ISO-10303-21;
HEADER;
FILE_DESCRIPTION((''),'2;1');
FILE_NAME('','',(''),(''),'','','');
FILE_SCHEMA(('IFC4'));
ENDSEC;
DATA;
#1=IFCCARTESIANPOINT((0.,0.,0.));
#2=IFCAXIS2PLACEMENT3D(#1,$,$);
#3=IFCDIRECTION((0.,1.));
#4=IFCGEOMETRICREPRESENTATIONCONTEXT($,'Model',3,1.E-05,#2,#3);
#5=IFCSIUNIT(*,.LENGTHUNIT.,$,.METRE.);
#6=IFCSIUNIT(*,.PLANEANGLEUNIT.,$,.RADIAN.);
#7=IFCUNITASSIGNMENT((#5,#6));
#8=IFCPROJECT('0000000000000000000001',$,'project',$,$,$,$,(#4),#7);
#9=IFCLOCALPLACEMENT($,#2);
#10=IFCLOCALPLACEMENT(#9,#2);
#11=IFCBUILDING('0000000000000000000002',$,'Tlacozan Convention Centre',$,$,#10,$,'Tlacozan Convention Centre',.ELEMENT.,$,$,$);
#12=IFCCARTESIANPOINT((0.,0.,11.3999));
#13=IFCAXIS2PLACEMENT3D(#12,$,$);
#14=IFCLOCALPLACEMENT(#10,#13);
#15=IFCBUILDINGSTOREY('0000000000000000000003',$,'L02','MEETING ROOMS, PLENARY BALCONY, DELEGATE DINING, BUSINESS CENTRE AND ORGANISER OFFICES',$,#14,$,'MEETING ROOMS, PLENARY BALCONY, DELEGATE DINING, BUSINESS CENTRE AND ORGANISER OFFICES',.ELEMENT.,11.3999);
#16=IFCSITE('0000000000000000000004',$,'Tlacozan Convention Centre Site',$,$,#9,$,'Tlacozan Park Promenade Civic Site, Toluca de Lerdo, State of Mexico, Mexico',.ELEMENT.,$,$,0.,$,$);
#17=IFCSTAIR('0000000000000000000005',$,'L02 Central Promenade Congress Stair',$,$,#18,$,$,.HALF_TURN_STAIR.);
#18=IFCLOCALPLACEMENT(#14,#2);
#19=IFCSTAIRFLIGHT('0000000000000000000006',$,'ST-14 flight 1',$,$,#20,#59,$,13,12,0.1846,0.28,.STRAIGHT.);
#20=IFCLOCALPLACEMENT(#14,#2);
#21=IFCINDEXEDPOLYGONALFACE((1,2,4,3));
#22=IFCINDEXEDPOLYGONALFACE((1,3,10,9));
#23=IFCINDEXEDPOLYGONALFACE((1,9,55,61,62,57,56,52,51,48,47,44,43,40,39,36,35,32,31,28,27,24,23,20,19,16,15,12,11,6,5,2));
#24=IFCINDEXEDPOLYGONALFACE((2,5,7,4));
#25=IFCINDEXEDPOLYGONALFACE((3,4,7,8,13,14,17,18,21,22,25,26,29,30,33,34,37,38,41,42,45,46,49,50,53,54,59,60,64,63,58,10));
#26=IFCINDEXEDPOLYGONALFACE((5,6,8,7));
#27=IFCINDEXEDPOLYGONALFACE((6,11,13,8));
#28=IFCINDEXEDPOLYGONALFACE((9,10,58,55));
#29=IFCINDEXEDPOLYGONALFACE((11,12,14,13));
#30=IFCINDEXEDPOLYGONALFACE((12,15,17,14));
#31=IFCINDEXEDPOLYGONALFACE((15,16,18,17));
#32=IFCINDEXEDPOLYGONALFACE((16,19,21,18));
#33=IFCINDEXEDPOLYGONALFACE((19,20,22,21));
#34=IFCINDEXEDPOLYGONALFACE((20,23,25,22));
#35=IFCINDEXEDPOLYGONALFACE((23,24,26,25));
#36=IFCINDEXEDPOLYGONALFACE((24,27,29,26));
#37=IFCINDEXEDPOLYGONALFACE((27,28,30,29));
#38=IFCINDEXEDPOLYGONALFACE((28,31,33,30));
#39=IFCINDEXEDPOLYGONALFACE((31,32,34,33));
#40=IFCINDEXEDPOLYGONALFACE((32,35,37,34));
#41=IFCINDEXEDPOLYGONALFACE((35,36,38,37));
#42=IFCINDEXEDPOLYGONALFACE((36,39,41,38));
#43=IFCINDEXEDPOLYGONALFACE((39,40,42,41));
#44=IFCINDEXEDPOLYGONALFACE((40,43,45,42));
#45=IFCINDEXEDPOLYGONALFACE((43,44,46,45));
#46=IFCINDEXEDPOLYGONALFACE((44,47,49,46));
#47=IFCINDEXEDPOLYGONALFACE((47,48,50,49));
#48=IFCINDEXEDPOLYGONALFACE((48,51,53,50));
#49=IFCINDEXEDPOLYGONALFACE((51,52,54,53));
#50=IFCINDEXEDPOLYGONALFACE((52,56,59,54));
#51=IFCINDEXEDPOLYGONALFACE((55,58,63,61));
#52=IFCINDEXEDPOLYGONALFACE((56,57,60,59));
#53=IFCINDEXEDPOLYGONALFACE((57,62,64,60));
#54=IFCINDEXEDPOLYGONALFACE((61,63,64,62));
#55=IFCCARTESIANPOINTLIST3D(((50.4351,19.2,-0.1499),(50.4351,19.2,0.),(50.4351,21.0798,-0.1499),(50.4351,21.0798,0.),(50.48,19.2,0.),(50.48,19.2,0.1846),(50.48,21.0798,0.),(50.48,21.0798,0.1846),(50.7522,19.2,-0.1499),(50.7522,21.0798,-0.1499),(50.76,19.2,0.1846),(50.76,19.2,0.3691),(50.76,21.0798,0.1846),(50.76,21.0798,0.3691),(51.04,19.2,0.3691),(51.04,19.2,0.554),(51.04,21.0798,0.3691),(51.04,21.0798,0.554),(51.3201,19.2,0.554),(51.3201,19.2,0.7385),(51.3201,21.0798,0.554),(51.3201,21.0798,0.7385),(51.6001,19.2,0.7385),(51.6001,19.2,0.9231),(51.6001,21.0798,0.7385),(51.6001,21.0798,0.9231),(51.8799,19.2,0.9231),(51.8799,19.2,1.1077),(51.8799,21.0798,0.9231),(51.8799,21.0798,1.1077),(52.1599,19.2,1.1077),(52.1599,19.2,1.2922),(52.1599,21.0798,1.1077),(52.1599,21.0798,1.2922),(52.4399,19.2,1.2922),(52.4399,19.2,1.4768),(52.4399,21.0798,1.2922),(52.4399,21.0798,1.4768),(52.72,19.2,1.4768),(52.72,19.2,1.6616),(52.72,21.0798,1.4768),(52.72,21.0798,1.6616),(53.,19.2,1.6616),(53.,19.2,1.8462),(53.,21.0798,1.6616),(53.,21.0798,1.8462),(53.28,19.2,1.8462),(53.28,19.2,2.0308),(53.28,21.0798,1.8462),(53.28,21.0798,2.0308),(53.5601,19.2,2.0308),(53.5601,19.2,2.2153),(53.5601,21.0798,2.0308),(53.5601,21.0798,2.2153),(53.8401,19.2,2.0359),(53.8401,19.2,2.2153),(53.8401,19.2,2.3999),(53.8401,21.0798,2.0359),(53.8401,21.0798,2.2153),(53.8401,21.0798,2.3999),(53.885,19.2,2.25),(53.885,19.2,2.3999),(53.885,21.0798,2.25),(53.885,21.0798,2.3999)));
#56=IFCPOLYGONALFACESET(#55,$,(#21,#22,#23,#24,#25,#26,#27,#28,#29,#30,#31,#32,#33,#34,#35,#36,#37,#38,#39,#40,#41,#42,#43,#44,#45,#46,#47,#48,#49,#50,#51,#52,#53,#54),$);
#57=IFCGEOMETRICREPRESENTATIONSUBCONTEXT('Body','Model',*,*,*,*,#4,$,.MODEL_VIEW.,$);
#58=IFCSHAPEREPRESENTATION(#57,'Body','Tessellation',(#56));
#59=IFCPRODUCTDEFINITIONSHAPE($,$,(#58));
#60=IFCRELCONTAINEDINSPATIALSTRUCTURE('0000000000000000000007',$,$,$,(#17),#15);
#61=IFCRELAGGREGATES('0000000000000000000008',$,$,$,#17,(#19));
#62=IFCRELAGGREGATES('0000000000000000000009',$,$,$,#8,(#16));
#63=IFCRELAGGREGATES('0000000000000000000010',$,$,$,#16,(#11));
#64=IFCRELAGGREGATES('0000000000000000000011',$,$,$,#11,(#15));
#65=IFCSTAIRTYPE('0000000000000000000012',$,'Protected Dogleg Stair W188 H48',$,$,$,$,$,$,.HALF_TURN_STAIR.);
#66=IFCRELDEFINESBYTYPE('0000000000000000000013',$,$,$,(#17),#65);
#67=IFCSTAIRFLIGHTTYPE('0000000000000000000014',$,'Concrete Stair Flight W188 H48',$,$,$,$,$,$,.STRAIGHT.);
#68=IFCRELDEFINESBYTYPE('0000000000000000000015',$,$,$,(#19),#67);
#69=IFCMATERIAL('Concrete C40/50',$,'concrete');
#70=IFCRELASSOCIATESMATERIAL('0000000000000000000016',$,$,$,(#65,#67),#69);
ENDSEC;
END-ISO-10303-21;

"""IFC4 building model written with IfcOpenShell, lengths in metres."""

from ifc_helpers import new_model, si_unit, direction, frame, origin, place, context, subcontext, project, spatial, polyline, outline, extrude, material, type_object, element, aggregate, save


model = new_model("IFC4")

# Units and contexts
model_context = context("Model", 3, precision=1e-05, world=origin(), true_north=direction((0.0, 1.0)))
body_context = subcontext(model_context, "Body", "Model", "MODEL_VIEW")
ifc_project = project(units=[si_unit("LENGTHUNIT", "METRE"), si_unit("PLANEANGLEUNIT", "RADIAN")], contexts=[model_context])

# Site, building, storey
site_placement = place(None, origin())
site = spatial("IfcSite", under=ifc_project, at=site_placement, Name="Tlacozan Convention Centre Site", LongName="Tlacozan Park Promenade Civic Site, Toluca de Lerdo, State of Mexico, Mexico", CompositionType="ELEMENT", RefElevation=0.0)
building_placement = place(site_placement, origin())
building = spatial("IfcBuilding", under=site, at=building_placement, Name="Tlacozan Convention Centre", LongName="Tlacozan Convention Centre", CompositionType="ELEMENT")
storey_placement = place(building_placement, frame((0.0, 0.0, 11.3999)))
storey = spatial("IfcBuildingStorey", under=building, at=storey_placement, Name="L02", Description="MEETING ROOMS, PLENARY BALCONY, DELEGATE DINING, BUSINESS CENTRE AND ORGANISER OFFICES", LongName="MEETING ROOMS, PLENARY BALCONY, DELEGATE DINING, BUSINESS CENTRE AND ORGANISER OFFICES", CompositionType="ELEMENT", Elevation=11.3999)

# Shared definitions
ifc_material_1 = material(Name="Concrete C40/50", Category="concrete")

# Stair, stair flight
stair_type = type_object("IfcStairType", Name="Protected Dogleg Stair W188 H48", PredefinedType="HALF_TURN_STAIR", material=ifc_material_1)
stair_placement = place(storey_placement, origin())
stair = element("IfcStair", 1, at=stair_placement, inside=storey, type_object=stair_type, Name="L02 Central Promenade Congress Stair", PredefinedType="HALF_TURN_STAIR")
stair_flight_type = type_object("IfcStairFlightType", Name="Concrete Stair Flight W188 H48", PredefinedType="STRAIGHT", material=ifc_material_1)
stair_flight_placement = place(storey_placement, frame((50.48, 20.1399, 0.0), z_axis=(0.0, 0.0, 1.0), x_axis=(1.0, 0.0, 0.0)))
stair_flight = element("IfcStairFlight", 2, at=stair_flight_placement, type_object=stair_flight_type, Name="ST-14 flight 1", NumberOfRisers=13, NumberOfTreads=12, PredefinedType="STRAIGHT", RiserHeight=0.1846, TreadLength=0.28, context=body_context, shape_type="SweptSolid", body=[
    extrude(outline(polyline([(-0.0449, -0.1499), (-0.0449, 0.0), (0.0, 0.0), (0.0, 0.1846), (0.28, 0.1846), (0.28, 0.3691), (0.5601, 0.3691), (0.5601, 0.554), (0.8401, 0.554), (0.8401, 0.7385), (1.1201, 0.7385), (1.1201, 0.9231), (1.3999, 0.9231), (1.3999, 1.1077), (1.6799, 1.1077), (1.6799, 1.2922), (1.96, 1.2922), (1.96, 1.4768), (2.24, 1.4768), (2.24, 1.6616), (2.52, 1.6616), (2.52, 1.8462), (2.8, 1.8462), (2.8, 2.0308), (3.0801, 2.0308), (3.0801, 2.2153), (3.3601, 2.2153), (3.3601, 2.3999), (3.405, 2.3999), (3.405, 2.25), (3.3601, 2.0359), (0.2722, -0.1499), (-0.0449, -0.1499)])), frame((0.0, 0.9399, 0.0), z_axis=(0.0, -1.0, 0.0), x_axis=(1.0, 0.0, 0.0)), (0.0, 0.0, 1.0), 1.8799),
])
aggregate(stair, [stair_flight])

save(model, "model.ifc")
